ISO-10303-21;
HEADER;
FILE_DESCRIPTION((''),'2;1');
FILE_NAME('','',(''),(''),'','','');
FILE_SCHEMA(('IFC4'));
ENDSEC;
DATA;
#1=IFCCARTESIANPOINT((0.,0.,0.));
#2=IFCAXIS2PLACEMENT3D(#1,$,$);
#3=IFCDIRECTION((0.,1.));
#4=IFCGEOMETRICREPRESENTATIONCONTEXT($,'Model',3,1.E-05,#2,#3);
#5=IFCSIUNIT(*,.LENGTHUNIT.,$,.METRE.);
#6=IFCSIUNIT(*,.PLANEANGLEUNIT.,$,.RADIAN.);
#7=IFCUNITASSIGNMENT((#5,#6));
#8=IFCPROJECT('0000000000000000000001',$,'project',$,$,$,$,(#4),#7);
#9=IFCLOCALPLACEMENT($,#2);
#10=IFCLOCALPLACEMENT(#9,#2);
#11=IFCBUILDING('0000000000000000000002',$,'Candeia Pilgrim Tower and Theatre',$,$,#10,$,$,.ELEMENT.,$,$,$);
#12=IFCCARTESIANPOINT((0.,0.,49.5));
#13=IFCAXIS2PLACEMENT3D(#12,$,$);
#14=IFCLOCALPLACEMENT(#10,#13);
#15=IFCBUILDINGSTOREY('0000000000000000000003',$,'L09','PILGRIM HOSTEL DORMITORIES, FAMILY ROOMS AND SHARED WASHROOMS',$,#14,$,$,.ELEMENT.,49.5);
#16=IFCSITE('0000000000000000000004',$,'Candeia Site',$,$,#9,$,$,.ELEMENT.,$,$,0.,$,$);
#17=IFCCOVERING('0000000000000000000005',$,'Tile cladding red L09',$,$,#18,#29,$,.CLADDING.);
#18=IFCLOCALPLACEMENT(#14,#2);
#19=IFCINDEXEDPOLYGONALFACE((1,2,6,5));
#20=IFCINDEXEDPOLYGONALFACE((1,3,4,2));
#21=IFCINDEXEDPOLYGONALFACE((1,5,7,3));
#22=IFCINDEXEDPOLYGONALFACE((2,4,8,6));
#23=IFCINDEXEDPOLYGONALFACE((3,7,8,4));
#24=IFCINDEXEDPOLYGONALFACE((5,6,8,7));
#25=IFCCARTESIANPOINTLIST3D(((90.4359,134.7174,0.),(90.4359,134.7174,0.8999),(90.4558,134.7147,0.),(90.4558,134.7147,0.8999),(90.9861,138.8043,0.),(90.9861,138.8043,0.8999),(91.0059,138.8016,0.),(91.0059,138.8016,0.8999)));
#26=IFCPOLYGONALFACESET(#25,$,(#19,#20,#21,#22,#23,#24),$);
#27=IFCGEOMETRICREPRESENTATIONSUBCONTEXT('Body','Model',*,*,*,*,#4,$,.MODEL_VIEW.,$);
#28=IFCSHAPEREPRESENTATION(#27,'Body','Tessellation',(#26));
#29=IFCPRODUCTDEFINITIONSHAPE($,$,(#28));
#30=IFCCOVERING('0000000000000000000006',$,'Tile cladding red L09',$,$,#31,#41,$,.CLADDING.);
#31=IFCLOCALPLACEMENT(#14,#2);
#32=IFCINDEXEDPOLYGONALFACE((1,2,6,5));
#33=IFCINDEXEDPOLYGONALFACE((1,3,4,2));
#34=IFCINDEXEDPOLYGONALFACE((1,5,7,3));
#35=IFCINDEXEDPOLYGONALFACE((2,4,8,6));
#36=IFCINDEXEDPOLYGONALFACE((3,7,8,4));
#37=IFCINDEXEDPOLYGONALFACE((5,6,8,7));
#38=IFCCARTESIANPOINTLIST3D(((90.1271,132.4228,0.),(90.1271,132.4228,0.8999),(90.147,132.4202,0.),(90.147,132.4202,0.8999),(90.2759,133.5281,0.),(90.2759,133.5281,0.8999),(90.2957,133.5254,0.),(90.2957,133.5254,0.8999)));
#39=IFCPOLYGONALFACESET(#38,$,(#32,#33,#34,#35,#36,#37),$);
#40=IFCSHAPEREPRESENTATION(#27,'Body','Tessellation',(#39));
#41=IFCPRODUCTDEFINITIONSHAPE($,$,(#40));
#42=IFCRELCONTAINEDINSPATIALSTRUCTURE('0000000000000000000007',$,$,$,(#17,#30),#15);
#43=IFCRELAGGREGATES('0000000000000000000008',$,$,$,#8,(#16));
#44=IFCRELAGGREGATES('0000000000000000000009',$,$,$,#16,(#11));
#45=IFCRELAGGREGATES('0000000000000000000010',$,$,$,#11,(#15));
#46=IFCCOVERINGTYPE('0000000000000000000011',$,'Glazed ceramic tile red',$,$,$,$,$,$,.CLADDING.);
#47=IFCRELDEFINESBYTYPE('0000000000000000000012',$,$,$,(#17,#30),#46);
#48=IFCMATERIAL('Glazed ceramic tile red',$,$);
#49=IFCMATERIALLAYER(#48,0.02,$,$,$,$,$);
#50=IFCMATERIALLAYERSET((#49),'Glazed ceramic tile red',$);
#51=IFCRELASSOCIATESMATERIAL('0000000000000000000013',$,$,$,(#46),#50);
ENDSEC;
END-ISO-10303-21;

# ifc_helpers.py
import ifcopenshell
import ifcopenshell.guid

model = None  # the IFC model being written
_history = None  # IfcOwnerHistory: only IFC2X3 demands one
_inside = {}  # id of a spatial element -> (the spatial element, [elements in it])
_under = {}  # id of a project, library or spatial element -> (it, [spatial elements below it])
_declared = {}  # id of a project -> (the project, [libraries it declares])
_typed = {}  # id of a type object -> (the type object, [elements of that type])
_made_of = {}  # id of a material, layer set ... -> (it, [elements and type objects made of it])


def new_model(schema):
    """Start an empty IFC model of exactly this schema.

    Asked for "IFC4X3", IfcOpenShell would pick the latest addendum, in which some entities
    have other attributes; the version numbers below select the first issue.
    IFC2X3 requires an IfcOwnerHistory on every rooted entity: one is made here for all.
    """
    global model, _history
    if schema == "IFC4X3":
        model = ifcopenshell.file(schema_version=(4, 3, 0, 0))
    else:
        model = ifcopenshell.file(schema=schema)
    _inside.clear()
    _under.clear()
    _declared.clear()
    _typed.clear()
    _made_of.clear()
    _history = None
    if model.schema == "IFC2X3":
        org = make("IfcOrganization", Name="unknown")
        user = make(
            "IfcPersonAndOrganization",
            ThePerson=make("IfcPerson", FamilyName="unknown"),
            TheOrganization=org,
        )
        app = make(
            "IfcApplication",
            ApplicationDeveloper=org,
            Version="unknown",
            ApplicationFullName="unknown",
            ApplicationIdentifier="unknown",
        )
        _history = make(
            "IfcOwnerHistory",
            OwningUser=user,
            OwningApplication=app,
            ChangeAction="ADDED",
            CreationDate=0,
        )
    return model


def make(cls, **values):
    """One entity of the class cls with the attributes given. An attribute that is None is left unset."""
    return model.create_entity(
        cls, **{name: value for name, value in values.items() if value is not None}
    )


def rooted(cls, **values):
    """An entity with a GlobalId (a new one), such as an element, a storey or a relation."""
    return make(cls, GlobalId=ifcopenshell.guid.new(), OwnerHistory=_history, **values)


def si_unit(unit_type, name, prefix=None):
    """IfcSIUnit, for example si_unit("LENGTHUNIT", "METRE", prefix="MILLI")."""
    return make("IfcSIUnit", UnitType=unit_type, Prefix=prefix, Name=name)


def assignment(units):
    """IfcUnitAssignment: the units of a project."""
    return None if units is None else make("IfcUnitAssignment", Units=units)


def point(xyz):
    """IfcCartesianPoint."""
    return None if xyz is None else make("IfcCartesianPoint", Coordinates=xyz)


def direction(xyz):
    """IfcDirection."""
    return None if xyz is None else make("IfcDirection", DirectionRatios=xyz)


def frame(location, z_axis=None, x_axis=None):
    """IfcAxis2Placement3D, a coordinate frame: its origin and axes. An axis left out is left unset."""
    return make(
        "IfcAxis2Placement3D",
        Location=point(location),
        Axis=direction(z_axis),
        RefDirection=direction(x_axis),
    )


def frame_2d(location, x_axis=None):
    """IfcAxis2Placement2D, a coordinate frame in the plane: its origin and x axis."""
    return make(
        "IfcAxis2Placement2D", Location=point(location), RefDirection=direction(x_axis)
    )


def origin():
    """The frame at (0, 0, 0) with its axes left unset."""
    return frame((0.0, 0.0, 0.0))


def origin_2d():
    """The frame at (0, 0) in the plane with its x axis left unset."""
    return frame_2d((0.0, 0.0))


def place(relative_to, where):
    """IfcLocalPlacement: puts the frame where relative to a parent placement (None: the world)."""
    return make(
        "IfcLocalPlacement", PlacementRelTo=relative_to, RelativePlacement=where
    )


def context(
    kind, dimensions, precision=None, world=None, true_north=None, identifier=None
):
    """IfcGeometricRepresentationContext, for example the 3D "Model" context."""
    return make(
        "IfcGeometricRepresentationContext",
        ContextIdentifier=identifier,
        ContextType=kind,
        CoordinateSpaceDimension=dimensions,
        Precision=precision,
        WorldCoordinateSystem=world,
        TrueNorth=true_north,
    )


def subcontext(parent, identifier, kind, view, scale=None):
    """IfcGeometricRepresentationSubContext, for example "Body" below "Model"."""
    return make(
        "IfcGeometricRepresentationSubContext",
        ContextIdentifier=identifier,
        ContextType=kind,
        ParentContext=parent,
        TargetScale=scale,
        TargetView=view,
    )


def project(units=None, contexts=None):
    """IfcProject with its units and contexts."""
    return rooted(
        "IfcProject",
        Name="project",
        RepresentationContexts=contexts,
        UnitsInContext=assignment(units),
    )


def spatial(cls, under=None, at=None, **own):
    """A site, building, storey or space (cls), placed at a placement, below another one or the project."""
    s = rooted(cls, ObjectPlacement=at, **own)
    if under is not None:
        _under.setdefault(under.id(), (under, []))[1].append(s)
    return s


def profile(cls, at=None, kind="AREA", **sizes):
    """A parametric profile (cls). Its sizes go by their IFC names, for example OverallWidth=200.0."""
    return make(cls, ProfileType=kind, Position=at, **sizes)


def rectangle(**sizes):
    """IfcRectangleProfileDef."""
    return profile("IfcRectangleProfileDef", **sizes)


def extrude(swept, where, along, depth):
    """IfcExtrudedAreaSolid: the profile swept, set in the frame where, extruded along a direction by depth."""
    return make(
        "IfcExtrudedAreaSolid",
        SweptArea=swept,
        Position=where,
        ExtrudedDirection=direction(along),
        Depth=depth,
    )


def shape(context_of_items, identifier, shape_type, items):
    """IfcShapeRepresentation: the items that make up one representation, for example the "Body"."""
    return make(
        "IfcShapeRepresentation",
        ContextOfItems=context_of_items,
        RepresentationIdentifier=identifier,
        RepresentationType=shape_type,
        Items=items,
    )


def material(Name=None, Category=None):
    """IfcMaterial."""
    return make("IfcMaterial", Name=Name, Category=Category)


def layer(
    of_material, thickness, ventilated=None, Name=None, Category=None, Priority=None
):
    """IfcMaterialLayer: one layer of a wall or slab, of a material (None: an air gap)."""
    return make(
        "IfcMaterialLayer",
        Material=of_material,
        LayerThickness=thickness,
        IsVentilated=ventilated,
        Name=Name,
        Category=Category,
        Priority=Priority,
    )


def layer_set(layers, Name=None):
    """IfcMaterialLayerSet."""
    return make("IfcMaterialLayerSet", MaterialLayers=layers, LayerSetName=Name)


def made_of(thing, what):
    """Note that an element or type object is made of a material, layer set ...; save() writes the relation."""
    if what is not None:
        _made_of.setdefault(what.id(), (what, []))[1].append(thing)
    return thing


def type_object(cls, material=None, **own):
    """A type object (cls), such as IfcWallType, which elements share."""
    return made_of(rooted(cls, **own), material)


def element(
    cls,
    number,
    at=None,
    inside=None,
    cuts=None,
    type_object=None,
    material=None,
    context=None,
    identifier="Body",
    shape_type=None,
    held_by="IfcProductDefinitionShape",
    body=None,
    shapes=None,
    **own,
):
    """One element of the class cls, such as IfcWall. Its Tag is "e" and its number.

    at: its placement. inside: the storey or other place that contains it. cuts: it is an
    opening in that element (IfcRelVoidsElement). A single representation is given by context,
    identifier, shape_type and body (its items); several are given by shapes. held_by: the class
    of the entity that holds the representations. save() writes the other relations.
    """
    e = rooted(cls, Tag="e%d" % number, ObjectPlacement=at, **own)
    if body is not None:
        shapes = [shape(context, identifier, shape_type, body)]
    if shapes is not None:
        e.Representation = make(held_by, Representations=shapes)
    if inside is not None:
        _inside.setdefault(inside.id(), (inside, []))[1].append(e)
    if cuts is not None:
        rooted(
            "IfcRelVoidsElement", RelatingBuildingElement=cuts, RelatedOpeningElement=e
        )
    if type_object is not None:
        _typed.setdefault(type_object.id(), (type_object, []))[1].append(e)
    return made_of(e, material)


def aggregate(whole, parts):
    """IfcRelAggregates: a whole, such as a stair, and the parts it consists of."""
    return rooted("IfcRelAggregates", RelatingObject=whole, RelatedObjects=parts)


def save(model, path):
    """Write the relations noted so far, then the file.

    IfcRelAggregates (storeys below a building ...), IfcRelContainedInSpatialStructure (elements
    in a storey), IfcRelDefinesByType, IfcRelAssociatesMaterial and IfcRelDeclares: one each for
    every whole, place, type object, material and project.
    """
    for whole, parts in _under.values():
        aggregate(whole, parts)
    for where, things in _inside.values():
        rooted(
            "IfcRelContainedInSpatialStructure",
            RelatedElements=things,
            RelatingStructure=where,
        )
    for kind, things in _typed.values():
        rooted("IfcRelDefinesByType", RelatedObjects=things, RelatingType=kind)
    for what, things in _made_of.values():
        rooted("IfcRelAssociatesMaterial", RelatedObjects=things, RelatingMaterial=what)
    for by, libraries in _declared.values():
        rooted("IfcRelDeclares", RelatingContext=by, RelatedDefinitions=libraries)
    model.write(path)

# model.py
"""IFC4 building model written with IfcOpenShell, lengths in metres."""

from ifc_helpers import new_model, si_unit, direction, frame, origin, origin_2d, place, context, subcontext, project, spatial, rectangle, extrude, material, layer, layer_set, type_object, element, save


model = new_model("IFC4")

# Units and contexts
model_context = context("Model", 3, precision=1e-05, world=origin(), true_north=direction((0.0, 1.0)))
body_context = subcontext(model_context, "Body", "Model", "MODEL_VIEW")
ifc_project = project(units=[si_unit("LENGTHUNIT", "METRE"), si_unit("PLANEANGLEUNIT", "RADIAN")], contexts=[model_context])

# Site, building, storey
site_placement = place(None, origin())
site = spatial("IfcSite", under=ifc_project, at=site_placement, Name="Candeia Site", CompositionType="ELEMENT", RefElevation=0.0)
building_placement = place(site_placement, origin())
building = spatial("IfcBuilding", under=site, at=building_placement, Name="Candeia Pilgrim Tower and Theatre", CompositionType="ELEMENT")
storey_placement = place(building_placement, frame((0.0, 0.0, 49.5)))
storey = spatial("IfcBuildingStorey", under=building, at=storey_placement, Name="L09", Description="PILGRIM HOSTEL DORMITORIES, FAMILY ROOMS AND SHARED WASHROOMS", CompositionType="ELEMENT", Elevation=49.5)

# Coverings
ifc_material_1 = material(Name="Glazed ceramic tile red")
ifc_layer_1 = layer(ifc_material_1, 0.02)
ifc_layer_set_1 = layer_set([ifc_layer_1], Name="Glazed ceramic tile red")
covering_type_1 = type_object("IfcCoveringType", Name="Glazed ceramic tile red", PredefinedType="CLADDING", material=ifc_layer_set_1)
covering_1_placement = place(storey_placement, frame((90.7209, 136.7595, 0.0), z_axis=(0.0, 0.0, 1.0), x_axis=(-0.133412, -0.991061, 0.0)))
element("IfcCovering", 1, at=covering_1_placement, inside=storey, type_object=covering_type_1, Name="Tile cladding red L09", PredefinedType="CLADDING", context=body_context, shape_type="SweptSolid", body=[
    extrude(rectangle(XDim=4.1238, YDim=0.02, at=origin_2d()), origin(), (0.0, 0.0, 1.0), 0.8999),
])
covering_2_placement = place(storey_placement, frame((90.2114, 132.9741, 0.0), z_axis=(0.0, 0.0, 1.0), x_axis=(-0.133412, -0.991061, 0.0)))
element("IfcCovering", 2, at=covering_2_placement, inside=storey, type_object=covering_type_1, Name="Tile cladding red L09", PredefinedType="CLADDING", context=body_context, shape_type="SweptSolid", body=[
    extrude(rectangle(XDim=1.1152, YDim=0.02, at=origin_2d()), origin(), (0.0, 0.0, 1.0), 0.8999),
])

save(model, "model.ifc")
